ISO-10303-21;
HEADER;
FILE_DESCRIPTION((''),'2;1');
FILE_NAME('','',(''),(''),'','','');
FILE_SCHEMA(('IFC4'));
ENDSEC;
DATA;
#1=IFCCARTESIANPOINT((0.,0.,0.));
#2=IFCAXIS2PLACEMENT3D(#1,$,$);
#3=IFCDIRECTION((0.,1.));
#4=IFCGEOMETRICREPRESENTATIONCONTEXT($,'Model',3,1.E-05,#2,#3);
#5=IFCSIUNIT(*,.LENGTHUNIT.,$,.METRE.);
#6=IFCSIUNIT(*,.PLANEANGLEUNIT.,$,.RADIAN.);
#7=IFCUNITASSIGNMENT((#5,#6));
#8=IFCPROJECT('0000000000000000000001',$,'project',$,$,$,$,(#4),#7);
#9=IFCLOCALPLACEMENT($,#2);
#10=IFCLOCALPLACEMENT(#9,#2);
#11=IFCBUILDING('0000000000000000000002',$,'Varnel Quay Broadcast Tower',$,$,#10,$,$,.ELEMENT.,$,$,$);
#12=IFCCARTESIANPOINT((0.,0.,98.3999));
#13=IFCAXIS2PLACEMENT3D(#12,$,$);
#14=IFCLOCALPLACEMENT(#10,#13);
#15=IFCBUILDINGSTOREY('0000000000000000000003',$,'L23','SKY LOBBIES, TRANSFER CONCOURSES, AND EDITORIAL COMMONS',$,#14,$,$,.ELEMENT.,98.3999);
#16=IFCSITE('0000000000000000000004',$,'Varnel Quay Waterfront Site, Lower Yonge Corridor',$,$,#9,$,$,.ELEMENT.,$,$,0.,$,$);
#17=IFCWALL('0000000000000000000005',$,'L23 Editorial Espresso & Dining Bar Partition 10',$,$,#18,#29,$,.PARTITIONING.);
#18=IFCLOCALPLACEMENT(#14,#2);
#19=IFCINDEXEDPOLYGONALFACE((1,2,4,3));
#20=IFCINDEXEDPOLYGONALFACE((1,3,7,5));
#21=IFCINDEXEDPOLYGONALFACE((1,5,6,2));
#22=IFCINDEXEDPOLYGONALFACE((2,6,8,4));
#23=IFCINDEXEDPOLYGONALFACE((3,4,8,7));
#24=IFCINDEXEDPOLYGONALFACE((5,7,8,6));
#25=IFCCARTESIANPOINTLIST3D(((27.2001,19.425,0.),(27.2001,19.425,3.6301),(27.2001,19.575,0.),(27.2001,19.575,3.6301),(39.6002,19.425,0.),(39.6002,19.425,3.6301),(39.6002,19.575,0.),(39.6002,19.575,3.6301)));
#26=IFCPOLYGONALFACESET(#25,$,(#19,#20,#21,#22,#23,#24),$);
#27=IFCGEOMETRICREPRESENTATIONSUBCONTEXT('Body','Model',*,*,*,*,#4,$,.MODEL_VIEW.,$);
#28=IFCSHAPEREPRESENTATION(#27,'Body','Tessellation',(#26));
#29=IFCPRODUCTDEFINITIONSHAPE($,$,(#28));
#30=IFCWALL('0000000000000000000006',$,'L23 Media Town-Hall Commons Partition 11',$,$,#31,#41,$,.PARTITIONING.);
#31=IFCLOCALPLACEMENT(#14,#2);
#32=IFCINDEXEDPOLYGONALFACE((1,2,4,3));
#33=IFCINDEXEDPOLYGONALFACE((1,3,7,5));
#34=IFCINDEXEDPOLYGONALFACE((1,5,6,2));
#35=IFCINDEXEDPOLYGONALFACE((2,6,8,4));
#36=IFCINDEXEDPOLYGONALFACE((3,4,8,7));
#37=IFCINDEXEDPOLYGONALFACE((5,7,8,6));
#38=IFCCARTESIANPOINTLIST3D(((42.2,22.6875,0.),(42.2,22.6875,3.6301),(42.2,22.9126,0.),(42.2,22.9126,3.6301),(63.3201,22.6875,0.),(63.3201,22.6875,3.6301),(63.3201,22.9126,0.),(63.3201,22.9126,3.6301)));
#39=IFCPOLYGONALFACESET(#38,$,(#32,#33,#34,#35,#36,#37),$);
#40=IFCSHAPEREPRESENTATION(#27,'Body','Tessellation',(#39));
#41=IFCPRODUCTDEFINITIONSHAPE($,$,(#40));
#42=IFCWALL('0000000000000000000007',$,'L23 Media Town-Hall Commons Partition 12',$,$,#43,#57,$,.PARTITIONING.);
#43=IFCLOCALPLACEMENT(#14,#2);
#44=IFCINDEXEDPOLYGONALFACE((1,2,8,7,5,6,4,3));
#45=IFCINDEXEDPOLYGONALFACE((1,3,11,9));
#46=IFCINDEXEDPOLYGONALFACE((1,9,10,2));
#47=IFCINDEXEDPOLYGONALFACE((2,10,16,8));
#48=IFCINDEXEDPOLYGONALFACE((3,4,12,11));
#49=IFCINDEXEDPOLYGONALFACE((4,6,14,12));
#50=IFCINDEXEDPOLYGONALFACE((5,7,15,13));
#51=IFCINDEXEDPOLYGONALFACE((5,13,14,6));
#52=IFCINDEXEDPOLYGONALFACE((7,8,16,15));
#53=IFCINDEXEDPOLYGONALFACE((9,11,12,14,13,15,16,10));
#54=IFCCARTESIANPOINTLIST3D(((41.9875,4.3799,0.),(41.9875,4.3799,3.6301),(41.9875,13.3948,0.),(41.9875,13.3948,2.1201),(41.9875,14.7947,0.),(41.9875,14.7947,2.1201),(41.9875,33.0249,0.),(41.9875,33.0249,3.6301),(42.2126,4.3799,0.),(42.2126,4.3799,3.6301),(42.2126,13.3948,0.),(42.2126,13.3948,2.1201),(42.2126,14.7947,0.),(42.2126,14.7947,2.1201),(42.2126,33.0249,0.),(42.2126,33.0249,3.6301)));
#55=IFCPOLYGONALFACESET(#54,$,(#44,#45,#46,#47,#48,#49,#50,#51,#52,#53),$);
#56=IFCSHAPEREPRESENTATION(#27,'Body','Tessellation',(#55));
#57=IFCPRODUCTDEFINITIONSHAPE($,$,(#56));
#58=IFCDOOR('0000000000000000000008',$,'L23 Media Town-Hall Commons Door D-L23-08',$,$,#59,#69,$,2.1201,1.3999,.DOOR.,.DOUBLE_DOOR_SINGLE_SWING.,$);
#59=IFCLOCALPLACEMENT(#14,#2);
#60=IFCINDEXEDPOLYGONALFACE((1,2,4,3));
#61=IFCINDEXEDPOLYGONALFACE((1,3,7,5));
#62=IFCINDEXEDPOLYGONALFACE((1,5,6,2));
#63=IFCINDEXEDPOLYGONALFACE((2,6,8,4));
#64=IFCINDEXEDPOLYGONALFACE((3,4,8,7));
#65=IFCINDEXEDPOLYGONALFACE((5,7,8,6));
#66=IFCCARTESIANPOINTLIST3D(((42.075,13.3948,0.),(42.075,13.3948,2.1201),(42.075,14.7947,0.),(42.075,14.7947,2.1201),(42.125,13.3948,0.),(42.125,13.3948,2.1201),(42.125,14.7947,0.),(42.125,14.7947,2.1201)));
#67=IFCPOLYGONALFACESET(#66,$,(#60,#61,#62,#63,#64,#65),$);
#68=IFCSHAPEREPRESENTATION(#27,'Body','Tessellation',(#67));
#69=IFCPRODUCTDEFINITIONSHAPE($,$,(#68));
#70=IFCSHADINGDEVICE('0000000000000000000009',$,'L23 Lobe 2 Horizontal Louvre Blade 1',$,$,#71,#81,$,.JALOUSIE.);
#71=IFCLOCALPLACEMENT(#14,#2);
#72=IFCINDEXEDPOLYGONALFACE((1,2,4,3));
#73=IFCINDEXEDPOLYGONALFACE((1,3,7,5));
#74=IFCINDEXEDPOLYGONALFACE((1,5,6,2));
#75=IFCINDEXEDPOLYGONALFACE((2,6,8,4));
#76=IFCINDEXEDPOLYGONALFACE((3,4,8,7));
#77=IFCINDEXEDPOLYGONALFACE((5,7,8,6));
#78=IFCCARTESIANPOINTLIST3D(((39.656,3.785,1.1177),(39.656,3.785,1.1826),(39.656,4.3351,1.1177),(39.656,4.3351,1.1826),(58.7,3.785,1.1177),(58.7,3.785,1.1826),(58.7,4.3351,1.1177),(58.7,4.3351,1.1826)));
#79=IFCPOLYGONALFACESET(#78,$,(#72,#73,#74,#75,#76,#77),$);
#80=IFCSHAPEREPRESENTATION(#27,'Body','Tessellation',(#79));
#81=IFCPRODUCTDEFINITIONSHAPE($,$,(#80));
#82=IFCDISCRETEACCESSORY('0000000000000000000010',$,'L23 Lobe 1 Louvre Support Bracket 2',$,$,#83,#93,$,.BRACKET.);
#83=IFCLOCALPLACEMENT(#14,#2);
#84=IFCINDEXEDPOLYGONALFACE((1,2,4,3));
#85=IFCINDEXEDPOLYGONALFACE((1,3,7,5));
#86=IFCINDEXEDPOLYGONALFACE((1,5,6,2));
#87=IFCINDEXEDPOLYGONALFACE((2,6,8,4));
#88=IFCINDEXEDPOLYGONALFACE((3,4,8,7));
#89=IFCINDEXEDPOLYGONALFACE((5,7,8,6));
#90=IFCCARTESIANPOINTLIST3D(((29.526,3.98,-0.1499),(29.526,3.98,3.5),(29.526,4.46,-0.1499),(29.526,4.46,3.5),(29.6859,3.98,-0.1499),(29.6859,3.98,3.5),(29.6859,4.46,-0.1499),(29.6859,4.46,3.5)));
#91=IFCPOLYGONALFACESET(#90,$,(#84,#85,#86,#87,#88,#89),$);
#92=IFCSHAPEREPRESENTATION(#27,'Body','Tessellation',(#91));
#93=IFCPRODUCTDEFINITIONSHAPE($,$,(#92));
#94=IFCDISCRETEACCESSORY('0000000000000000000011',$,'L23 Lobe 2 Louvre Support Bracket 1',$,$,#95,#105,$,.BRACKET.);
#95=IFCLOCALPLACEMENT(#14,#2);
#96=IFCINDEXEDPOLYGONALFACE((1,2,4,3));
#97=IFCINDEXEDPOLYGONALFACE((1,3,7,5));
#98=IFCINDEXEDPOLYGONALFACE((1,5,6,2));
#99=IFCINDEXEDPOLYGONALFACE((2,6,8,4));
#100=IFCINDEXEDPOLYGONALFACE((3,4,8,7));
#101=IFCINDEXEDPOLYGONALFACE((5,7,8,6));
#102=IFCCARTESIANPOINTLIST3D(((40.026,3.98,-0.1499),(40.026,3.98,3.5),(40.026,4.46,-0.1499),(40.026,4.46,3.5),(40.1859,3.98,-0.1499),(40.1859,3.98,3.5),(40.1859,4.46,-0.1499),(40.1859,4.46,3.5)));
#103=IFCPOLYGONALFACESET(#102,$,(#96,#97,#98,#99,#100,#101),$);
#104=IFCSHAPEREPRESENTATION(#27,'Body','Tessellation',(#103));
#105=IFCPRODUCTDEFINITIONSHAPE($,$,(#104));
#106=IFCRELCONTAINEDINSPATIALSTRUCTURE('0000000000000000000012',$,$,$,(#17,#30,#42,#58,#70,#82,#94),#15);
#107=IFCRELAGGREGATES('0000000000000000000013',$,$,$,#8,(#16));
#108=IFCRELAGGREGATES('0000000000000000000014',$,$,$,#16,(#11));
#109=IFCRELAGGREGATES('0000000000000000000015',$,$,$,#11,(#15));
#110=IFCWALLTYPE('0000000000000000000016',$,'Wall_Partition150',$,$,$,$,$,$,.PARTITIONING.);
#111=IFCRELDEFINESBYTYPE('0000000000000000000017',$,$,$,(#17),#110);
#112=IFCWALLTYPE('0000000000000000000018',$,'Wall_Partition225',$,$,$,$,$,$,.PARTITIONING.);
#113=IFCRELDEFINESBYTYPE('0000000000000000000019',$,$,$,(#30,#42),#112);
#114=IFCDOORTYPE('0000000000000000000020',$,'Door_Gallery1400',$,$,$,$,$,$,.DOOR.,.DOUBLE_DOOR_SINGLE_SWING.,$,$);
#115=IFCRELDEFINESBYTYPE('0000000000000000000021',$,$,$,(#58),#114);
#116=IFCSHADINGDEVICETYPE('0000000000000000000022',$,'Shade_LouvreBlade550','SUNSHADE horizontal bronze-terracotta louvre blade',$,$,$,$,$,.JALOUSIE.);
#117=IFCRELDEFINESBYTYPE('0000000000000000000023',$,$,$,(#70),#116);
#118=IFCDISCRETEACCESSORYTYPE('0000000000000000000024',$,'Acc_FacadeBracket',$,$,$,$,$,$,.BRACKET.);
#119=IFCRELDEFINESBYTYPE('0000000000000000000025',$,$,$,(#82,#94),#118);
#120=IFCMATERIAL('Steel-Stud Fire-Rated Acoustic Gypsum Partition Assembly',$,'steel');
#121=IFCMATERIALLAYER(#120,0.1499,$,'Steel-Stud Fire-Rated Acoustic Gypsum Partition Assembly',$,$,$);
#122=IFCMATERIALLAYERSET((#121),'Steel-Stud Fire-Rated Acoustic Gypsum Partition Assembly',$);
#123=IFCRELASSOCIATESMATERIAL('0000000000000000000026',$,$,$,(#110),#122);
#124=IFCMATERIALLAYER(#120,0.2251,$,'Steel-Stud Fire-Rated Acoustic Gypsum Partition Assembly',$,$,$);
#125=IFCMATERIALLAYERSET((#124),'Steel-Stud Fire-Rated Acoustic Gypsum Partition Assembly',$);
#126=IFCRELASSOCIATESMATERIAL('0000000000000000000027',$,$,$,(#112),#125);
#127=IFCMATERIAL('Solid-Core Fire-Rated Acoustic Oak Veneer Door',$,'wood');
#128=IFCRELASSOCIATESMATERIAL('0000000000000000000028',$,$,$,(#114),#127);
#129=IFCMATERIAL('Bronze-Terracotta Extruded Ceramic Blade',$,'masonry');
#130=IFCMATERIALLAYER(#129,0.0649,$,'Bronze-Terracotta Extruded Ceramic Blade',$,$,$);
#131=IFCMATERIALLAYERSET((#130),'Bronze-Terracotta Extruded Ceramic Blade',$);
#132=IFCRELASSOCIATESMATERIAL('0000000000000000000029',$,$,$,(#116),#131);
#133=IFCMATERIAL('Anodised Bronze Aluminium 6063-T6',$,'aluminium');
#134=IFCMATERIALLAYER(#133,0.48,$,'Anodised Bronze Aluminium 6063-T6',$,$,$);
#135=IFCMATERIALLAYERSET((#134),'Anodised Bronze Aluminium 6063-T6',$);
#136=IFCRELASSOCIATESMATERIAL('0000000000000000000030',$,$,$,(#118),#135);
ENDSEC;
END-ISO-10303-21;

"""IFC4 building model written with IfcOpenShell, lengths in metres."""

from ifc_helpers import new_model, si_unit, direction, frame, frame_2d, origin, origin_2d, place, context, subcontext, project, spatial, rectangle, extrude, source, transform, mapped, material, layer, layer_set, type_object, type_shapes, element, fill, save


model = new_model("IFC4")

# Units and contexts
model_context = context("Model", 3, precision=1e-05, world=origin(), true_north=direction((0.0, 1.0)))
body_context = subcontext(model_context, "Body", "Model", "MODEL_VIEW")
ifc_project = project(units=[si_unit("LENGTHUNIT", "METRE"), si_unit("PLANEANGLEUNIT", "RADIAN")], contexts=[model_context])

# Site, building, storey
site_placement = place(None, origin())
site = spatial("IfcSite", under=ifc_project, at=site_placement, Name="Varnel Quay Waterfront Site, Lower Yonge Corridor", CompositionType="ELEMENT", RefElevation=0.0)
building_placement = place(site_placement, origin())
building = spatial("IfcBuilding", under=site, at=building_placement, Name="Varnel Quay Broadcast Tower", CompositionType="ELEMENT")
storey_placement = place(building_placement, frame((0.0, 0.0, 98.3999)))
storey = spatial("IfcBuildingStorey", under=building, at=storey_placement, Name="L23", Description="SKY LOBBIES, TRANSFER CONCOURSES, AND EDITORIAL COMMONS", CompositionType="ELEMENT", Elevation=98.3999)

# Shared definitions
ifc_material_1 = material(Name="Anodised Bronze Aluminium 6063-T6", Category="aluminium")

# Shared definitions
ifc_material_2 = material(Name="Steel-Stud Fire-Rated Acoustic Gypsum Partition Assembly", Category="steel")
ifc_layer_1 = layer(ifc_material_2, 0.1499, Name="Steel-Stud Fire-Rated Acoustic Gypsum Partition Assembly")
ifc_layer_set_1 = layer_set([ifc_layer_1], Name="Steel-Stud Fire-Rated Acoustic Gypsum Partition Assembly")
wall_type_1 = type_object("IfcWallType", Name="Wall_Partition150", PredefinedType="PARTITIONING", material=ifc_layer_set_1)
ifc_material_3 = material(Name="Solid-Core Fire-Rated Acoustic Oak Veneer Door", Category="wood")

# Walls
wall_1_placement = place(storey_placement, frame((27.2, 19.5, 0.0), z_axis=(0.0, 0.0, 1.0), x_axis=(1.0, 0.0, 0.0)))
element("IfcWall", 1, at=wall_1_placement, inside=storey, type_object=wall_type_1, Name="L23 Editorial Espresso & Dining Bar Partition 10", PredefinedType="PARTITIONING", context=body_context, shape_type="SweptSolid", body=[
    extrude(rectangle(XDim=12.4001, YDim=0.1499, at=frame_2d((6.2002, 0.0))), origin(), (0.0, 0.0, 1.0), 3.6301),
])
ifc_layer_2 = layer(ifc_material_2, 0.2251, Name="Steel-Stud Fire-Rated Acoustic Gypsum Partition Assembly")
ifc_layer_set_2 = layer_set([ifc_layer_2], Name="Steel-Stud Fire-Rated Acoustic Gypsum Partition Assembly")
wall_type_2 = type_object("IfcWallType", Name="Wall_Partition225", PredefinedType="PARTITIONING", material=ifc_layer_set_2)
wall_2_placement = place(storey_placement, frame((42.2, 22.8, 0.0), z_axis=(0.0, 0.0, 1.0), x_axis=(1.0, 0.0, 0.0)))
element("IfcWall", 2, at=wall_2_placement, inside=storey, type_object=wall_type_2, Name="L23 Media Town-Hall Commons Partition 11", PredefinedType="PARTITIONING", context=body_context, shape_type="SweptSolid", body=[
    extrude(rectangle(XDim=21.1201, YDim=0.2251, at=frame_2d((10.5601, 0.0))), origin(), (0.0, 0.0, 1.0), 3.6301),
])

# Wall, opening, door
wall_3_placement = place(storey_placement, frame((42.1001, 4.3799, 0.0), z_axis=(0.0, 0.0, 1.0), x_axis=(0.0, 1.0, 0.0)))
wall_3 = element("IfcWall", 3, at=wall_3_placement, inside=storey, type_object=wall_type_2, Name="L23 Media Town-Hall Commons Partition 12", PredefinedType="PARTITIONING", context=body_context, shape_type="SweptSolid", body=[
    extrude(rectangle(XDim=28.645, YDim=0.2251, at=frame_2d((14.3225, 0.0))), origin(), (0.0, 0.0, 1.0), 3.6301),
])
opening_1_placement = place(wall_3_placement, frame((9.0149, 0.0, 0.0)))
opening_1 = element("IfcOpeningElement", 4, at=opening_1_placement, cuts=wall_3, PredefinedType="OPENING", context=body_context, shape_type="SweptSolid", body=[
    extrude(rectangle(XDim=1.3999, YDim=2.1201, at=frame_2d((0.7, 1.0601))), frame((0.0, 0.1226, 0.0), z_axis=(0.0, -1.0, 0.0), x_axis=(1.0, 0.0, 0.0)), (0.0, 0.0, 1.0), 0.2451),
])
door_type_1 = type_object("IfcDoorType", Name="Door_Gallery1400", OperationType="DOUBLE_DOOR_SINGLE_SWING", PredefinedType="DOOR", material=ifc_material_3)
shared_shape_1 = source(origin(), body_context, "Body", "SweptSolid", [
    extrude(rectangle(XDim=1.3999, YDim=2.1201, at=frame_2d((0.7, 1.0601))), frame((0.0, 0.0249, 0.0), z_axis=(0.0, -1.0, 0.0), x_axis=(1.0, 0.0, 0.0)), (0.0, 0.0, 1.0), 0.05),
])
type_shapes(door_type_1, [shared_shape_1])
door_1_placement = place(opening_1_placement, frame((1.3999, 0.0, 0.0), z_axis=(0.0, 0.0, 1.0), x_axis=(-1.0, 0.0, 0.0)))
door_1 = element("IfcDoor", 5, at=door_1_placement, inside=storey, type_object=door_type_1, Name="L23 Media Town-Hall Commons Door D-L23-08", OperationType="DOUBLE_DOOR_SINGLE_SWING", OverallHeight=2.1201, OverallWidth=1.3999, PredefinedType="DOOR", context=body_context, shape_type="MappedRepresentation", body=[
    mapped(shared_shape_1, transform((0.0, 0.0, 0.0), x_axis=(1.0, 0.0, 0.0), y_axis=(0.0, 1.0, 0.0), z_axis=(0.0, 0.0, 1.0), scale=1.0)),
])
fill(opening_1, door_1)

# Shading device
ifc_material_4 = material(Name="Bronze-Terracotta Extruded Ceramic Blade", Category="masonry")
ifc_layer_3 = layer(ifc_material_4, 0.0649, Name="Bronze-Terracotta Extruded Ceramic Blade")
ifc_layer_set_3 = layer_set([ifc_layer_3], Name="Bronze-Terracotta Extruded Ceramic Blade")
shading_device_type = type_object("IfcShadingDeviceType", Name="Shade_LouvreBlade550", Description="SUNSHADE horizontal bronze-terracotta louvre blade", PredefinedType="JALOUSIE", material=ifc_layer_set_3)
shared_shape_2 = source(origin(), body_context, "Body", "SweptSolid", [
    extrude(rectangle(XDim=19.0439, YDim=0.55, at=origin_2d()), origin(), (0.0, 0.0, 1.0), 0.0649),
])
type_shapes(shading_device_type, [shared_shape_2])
shading_device_placement = place(storey_placement, frame((49.178, 4.0601, 1.1177), z_axis=(0.0, 0.0, 1.0), x_axis=(1.0, 0.0, 0.0)))
element("IfcShadingDevice", 6, at=shading_device_placement, inside=storey, type_object=shading_device_type, Name="L23 Lobe 2 Horizontal Louvre Blade 1", PredefinedType="JALOUSIE", context=body_context, shape_type="MappedRepresentation", body=[
    mapped(shared_shape_2, transform((0.0, 0.0, 0.0), x_axis=(1.0, 0.0, 0.0), y_axis=(0.0, 1.0, 0.0), z_axis=(0.0, 0.0, 1.0), scale=1.0)),
])

# Discrete accessories
ifc_layer_4 = layer(ifc_material_1, 0.48, Name="Anodised Bronze Aluminium 6063-T6")
ifc_layer_set_4 = layer_set([ifc_layer_4], Name="Anodised Bronze Aluminium 6063-T6")
discrete_accessory_type = type_object("IfcDiscreteAccessoryType", Name="Acc_FacadeBracket", PredefinedType="BRACKET", material=ifc_layer_set_4)
shared_shape_3 = source(origin(), body_context, "Body", "SweptSolid", [
    extrude(rectangle(XDim=0.1599, YDim=0.48, at=origin_2d()), origin(), (0.0, 0.0, 1.0), 3.6499),
])
type_shapes(discrete_accessory_type, [shared_shape_3])
for number, where, z_axis, x_axis, name in (
    (7, (29.606, 4.22, -0.1499), (0.0, 0.0, 1.0), (1.0, 0.0, 0.0), "L23 Lobe 1 Louvre Support Bracket 2"),
    (8, (40.106, 4.22, -0.1499), (0.0, 0.0, 1.0), (1.0, 0.0, 0.0), "L23 Lobe 2 Louvre Support Bracket 1"),
):
    element("IfcDiscreteAccessory", number, at=place(storey_placement, frame(where, z_axis=z_axis, x_axis=x_axis)), inside=storey, type_object=discrete_accessory_type, Name=name, PredefinedType="BRACKET", context=body_context, shape_type="MappedRepresentation", body=[
        mapped(shared_shape_3, transform((0.0, 0.0, 0.0), x_axis=(1.0, 0.0, 0.0), y_axis=(0.0, 1.0, 0.0), z_axis=(0.0, 0.0, 1.0), scale=1.0)),
    ])

save(model, "model.ifc")
